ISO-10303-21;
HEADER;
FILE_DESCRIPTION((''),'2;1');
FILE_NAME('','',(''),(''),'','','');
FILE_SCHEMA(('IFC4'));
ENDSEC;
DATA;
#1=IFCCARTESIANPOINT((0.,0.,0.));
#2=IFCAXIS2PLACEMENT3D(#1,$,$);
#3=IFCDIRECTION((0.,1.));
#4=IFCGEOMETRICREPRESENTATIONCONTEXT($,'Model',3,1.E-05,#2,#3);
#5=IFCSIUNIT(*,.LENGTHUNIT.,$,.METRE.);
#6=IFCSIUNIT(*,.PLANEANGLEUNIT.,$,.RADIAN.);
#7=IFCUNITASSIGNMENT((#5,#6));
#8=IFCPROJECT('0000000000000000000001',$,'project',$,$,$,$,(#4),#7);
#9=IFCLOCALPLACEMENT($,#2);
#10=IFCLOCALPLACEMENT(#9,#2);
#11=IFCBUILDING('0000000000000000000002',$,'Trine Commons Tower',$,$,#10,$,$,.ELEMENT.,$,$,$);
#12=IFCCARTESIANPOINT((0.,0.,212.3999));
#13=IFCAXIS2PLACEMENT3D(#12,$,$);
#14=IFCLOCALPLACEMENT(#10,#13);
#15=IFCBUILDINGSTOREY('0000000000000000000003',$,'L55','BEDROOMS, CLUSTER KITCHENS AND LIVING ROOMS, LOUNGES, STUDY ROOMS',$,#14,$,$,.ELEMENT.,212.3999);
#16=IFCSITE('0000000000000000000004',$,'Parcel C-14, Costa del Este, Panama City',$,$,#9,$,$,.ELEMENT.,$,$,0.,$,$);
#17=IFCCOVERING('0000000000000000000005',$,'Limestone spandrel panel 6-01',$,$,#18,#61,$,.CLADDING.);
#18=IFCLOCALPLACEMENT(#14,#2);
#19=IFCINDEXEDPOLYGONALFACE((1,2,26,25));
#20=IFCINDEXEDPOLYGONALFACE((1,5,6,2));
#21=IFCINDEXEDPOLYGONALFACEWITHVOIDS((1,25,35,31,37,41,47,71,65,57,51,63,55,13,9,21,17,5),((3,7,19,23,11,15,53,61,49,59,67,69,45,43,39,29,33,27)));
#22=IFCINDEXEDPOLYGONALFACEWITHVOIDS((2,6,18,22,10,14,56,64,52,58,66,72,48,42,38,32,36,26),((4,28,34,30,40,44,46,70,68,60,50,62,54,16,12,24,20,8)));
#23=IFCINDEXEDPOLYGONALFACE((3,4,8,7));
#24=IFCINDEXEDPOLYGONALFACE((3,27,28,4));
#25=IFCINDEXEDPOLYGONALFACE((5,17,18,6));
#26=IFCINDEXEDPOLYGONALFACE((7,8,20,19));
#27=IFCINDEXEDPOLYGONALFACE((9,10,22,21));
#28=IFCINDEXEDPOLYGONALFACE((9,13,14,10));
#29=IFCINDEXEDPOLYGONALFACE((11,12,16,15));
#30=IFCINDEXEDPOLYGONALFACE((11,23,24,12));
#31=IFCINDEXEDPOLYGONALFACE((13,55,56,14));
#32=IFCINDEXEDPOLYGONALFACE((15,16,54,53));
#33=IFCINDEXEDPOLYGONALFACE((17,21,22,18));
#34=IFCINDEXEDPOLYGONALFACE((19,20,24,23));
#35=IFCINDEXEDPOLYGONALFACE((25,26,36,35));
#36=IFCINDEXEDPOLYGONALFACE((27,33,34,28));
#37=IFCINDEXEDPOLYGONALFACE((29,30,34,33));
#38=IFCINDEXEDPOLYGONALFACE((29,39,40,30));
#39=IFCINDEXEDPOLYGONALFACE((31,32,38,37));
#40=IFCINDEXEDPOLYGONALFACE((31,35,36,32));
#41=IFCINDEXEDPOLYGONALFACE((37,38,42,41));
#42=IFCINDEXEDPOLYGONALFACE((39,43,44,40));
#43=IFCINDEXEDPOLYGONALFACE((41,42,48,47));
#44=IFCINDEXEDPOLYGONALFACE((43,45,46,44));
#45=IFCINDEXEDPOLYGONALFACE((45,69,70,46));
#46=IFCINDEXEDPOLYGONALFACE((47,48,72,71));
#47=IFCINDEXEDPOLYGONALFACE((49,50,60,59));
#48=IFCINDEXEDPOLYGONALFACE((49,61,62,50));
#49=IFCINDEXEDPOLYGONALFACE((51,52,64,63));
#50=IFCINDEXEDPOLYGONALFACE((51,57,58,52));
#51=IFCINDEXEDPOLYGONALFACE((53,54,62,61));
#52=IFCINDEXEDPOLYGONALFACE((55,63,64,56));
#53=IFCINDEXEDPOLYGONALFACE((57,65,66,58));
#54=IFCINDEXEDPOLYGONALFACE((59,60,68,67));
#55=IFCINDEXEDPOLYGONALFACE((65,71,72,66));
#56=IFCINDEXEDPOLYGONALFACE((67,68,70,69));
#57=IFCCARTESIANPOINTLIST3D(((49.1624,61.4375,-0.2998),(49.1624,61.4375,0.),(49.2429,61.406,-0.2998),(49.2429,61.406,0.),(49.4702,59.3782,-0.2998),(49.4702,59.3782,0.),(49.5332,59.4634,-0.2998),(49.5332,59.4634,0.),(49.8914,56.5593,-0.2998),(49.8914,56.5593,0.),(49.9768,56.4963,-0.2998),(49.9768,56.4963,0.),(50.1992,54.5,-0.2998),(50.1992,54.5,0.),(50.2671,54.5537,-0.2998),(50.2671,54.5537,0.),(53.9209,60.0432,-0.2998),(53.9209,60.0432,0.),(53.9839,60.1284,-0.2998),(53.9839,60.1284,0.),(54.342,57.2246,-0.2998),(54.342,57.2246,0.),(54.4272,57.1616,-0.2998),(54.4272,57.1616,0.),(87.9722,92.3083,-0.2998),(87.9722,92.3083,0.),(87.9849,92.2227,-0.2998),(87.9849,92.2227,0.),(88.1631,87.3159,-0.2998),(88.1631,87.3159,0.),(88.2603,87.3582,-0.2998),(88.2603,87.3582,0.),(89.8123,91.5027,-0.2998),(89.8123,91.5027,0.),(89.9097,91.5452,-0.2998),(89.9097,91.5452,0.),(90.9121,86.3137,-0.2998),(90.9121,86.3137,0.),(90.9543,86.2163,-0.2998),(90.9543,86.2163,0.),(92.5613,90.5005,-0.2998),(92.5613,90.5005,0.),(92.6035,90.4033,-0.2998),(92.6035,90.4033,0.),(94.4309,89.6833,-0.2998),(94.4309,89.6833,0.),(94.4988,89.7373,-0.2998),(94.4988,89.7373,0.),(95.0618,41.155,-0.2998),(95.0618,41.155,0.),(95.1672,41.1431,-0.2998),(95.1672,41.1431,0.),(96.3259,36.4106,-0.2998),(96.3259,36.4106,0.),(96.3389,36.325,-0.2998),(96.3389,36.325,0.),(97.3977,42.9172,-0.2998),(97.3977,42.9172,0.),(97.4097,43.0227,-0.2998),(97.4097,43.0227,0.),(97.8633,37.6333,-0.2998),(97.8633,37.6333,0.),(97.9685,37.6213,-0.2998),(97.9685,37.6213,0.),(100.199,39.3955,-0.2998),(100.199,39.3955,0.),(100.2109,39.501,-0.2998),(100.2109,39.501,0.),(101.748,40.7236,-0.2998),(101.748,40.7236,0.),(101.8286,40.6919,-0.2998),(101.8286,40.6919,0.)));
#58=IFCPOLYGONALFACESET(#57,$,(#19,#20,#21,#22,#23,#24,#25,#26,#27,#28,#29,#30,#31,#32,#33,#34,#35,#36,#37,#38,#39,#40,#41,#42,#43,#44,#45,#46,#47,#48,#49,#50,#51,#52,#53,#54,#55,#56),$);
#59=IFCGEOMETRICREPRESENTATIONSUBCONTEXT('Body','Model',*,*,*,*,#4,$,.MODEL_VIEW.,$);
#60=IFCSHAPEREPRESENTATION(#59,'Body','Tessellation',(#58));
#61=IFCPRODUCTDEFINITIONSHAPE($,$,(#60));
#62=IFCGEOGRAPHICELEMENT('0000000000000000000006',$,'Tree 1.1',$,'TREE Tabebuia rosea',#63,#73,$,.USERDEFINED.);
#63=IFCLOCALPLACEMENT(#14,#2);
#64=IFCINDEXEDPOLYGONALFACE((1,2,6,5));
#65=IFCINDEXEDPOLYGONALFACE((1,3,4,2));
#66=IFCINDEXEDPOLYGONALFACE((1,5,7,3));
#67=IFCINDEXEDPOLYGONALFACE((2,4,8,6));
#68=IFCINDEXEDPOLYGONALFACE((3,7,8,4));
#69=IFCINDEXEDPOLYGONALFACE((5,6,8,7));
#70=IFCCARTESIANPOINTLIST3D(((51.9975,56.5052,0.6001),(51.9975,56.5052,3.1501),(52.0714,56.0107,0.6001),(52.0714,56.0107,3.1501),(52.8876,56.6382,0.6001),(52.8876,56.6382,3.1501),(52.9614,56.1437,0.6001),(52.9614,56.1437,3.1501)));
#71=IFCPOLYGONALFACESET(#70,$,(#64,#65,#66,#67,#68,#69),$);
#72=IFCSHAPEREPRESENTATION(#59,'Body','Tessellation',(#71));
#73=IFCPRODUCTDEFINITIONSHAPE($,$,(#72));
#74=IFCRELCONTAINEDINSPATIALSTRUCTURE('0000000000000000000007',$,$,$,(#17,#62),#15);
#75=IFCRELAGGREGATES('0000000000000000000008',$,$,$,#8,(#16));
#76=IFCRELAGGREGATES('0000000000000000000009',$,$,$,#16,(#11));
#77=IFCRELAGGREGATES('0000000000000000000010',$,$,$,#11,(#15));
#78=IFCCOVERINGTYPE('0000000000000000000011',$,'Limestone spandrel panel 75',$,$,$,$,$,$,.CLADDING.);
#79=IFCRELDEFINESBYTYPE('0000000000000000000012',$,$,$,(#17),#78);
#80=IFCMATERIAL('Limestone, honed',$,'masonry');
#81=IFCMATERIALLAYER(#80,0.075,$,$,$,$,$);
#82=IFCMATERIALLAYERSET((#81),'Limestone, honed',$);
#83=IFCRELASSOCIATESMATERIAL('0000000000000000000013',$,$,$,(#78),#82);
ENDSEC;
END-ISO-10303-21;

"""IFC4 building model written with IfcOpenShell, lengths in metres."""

from ifc_helpers import new_model, si_unit, direction, frame, origin, origin_2d, place, context, subcontext, project, spatial, polyline, rectangle, outline, extrude, material, layer, layer_set, type_object, element, save


model = new_model("IFC4")

# Units and contexts
model_context = context("Model", 3, precision=1e-05, world=origin(), true_north=direction((0.0, 1.0)))
body_context = subcontext(model_context, "Body", "Model", "MODEL_VIEW")
ifc_project = project(units=[si_unit("LENGTHUNIT", "METRE"), si_unit("PLANEANGLEUNIT", "RADIAN")], contexts=[model_context])

# Site, building, storey
site_placement = place(None, origin())
site = spatial("IfcSite", under=ifc_project, at=site_placement, Name="Parcel C-14, Costa del Este, Panama City", CompositionType="ELEMENT", RefElevation=0.0)
building_placement = place(site_placement, origin())
building = spatial("IfcBuilding", under=site, at=building_placement, Name="Trine Commons Tower", CompositionType="ELEMENT")
storey_placement = place(building_placement, frame((0.0, 0.0, 212.3999)))
storey = spatial("IfcBuildingStorey", under=building, at=storey_placement, Name="L55", Description="BEDROOMS, CLUSTER KITCHENS AND LIVING ROOMS, LOUNGES, STUDY ROOMS", CompositionType="ELEMENT", Elevation=212.3999)

# Covering
ifc_material_1 = material(Name="Limestone, honed", Category="masonry")
ifc_layer_1 = layer(ifc_material_1, 0.075)
ifc_layer_set_1 = layer_set([ifc_layer_1], Name="Limestone, honed")
covering_type_1 = type_object("IfcCoveringType", Name="Limestone spandrel panel 75", PredefinedType="CLADDING", material=ifc_layer_set_1)
covering_1_placement = place(storey_placement, frame((0.0, 0.0, -0.2998)))
element("IfcCovering", 1, at=covering_1_placement, inside=storey, type_object=covering_type_1, Name="Limestone spandrel panel 6-01", PredefinedType="CLADDING", context=body_context, shape_type="SweptSolid", body=[
    extrude(outline(polyline([(97.3977, 42.9172), (100.199, 39.3955), (101.8286, 40.6919), (94.4988, 89.7373), (92.5613, 90.5005), (90.9121, 86.3137), (88.2603, 87.3582), (89.9097, 91.5452), (87.9722, 92.3083), (49.1624, 61.4375), (49.4702, 59.3782), (53.9209, 60.0432), (54.342, 57.2246), (49.8914, 56.5593), (50.1992, 54.5), (96.3389, 36.325), (97.9685, 37.6213), (95.1672, 41.1431), (97.3977, 42.9172)]), holes=[polyline([(92.6035, 90.4033), (94.4309, 89.6833), (101.748, 40.7236), (100.2109, 39.501), (97.4097, 43.0227), (95.0618, 41.155), (97.8633, 37.6333), (96.3259, 36.4106), (50.2671, 54.5537), (49.9768, 56.4963), (54.4272, 57.1616), (53.9839, 60.1284), (49.5332, 59.4634), (49.2429, 61.406), (87.9849, 92.2227), (89.8123, 91.5027), (88.1631, 87.3159), (90.9543, 86.2163), (92.6035, 90.4033)])]), origin(), (0.0, 0.0, 1.0), 0.2998),
])

# Geographic element
geographic_element_placement = place(storey_placement, frame((52.4795, 56.3245, 0.6001), z_axis=(0.0, 0.0, 1.0), x_axis=(0.989019, 0.14779, 0.0)))
element("IfcGeographicElement", 2, at=geographic_element_placement, inside=storey, Name="Tree 1.1", ObjectType="TREE Tabebuia rosea", PredefinedType="USERDEFINED", context=body_context, shape_type="SweptSolid", body=[
    extrude(rectangle(XDim=0.8999, YDim=0.5, at=origin_2d()), origin(), (0.0, 0.0, 1.0), 2.55),
])

save(model, "model.ifc")
